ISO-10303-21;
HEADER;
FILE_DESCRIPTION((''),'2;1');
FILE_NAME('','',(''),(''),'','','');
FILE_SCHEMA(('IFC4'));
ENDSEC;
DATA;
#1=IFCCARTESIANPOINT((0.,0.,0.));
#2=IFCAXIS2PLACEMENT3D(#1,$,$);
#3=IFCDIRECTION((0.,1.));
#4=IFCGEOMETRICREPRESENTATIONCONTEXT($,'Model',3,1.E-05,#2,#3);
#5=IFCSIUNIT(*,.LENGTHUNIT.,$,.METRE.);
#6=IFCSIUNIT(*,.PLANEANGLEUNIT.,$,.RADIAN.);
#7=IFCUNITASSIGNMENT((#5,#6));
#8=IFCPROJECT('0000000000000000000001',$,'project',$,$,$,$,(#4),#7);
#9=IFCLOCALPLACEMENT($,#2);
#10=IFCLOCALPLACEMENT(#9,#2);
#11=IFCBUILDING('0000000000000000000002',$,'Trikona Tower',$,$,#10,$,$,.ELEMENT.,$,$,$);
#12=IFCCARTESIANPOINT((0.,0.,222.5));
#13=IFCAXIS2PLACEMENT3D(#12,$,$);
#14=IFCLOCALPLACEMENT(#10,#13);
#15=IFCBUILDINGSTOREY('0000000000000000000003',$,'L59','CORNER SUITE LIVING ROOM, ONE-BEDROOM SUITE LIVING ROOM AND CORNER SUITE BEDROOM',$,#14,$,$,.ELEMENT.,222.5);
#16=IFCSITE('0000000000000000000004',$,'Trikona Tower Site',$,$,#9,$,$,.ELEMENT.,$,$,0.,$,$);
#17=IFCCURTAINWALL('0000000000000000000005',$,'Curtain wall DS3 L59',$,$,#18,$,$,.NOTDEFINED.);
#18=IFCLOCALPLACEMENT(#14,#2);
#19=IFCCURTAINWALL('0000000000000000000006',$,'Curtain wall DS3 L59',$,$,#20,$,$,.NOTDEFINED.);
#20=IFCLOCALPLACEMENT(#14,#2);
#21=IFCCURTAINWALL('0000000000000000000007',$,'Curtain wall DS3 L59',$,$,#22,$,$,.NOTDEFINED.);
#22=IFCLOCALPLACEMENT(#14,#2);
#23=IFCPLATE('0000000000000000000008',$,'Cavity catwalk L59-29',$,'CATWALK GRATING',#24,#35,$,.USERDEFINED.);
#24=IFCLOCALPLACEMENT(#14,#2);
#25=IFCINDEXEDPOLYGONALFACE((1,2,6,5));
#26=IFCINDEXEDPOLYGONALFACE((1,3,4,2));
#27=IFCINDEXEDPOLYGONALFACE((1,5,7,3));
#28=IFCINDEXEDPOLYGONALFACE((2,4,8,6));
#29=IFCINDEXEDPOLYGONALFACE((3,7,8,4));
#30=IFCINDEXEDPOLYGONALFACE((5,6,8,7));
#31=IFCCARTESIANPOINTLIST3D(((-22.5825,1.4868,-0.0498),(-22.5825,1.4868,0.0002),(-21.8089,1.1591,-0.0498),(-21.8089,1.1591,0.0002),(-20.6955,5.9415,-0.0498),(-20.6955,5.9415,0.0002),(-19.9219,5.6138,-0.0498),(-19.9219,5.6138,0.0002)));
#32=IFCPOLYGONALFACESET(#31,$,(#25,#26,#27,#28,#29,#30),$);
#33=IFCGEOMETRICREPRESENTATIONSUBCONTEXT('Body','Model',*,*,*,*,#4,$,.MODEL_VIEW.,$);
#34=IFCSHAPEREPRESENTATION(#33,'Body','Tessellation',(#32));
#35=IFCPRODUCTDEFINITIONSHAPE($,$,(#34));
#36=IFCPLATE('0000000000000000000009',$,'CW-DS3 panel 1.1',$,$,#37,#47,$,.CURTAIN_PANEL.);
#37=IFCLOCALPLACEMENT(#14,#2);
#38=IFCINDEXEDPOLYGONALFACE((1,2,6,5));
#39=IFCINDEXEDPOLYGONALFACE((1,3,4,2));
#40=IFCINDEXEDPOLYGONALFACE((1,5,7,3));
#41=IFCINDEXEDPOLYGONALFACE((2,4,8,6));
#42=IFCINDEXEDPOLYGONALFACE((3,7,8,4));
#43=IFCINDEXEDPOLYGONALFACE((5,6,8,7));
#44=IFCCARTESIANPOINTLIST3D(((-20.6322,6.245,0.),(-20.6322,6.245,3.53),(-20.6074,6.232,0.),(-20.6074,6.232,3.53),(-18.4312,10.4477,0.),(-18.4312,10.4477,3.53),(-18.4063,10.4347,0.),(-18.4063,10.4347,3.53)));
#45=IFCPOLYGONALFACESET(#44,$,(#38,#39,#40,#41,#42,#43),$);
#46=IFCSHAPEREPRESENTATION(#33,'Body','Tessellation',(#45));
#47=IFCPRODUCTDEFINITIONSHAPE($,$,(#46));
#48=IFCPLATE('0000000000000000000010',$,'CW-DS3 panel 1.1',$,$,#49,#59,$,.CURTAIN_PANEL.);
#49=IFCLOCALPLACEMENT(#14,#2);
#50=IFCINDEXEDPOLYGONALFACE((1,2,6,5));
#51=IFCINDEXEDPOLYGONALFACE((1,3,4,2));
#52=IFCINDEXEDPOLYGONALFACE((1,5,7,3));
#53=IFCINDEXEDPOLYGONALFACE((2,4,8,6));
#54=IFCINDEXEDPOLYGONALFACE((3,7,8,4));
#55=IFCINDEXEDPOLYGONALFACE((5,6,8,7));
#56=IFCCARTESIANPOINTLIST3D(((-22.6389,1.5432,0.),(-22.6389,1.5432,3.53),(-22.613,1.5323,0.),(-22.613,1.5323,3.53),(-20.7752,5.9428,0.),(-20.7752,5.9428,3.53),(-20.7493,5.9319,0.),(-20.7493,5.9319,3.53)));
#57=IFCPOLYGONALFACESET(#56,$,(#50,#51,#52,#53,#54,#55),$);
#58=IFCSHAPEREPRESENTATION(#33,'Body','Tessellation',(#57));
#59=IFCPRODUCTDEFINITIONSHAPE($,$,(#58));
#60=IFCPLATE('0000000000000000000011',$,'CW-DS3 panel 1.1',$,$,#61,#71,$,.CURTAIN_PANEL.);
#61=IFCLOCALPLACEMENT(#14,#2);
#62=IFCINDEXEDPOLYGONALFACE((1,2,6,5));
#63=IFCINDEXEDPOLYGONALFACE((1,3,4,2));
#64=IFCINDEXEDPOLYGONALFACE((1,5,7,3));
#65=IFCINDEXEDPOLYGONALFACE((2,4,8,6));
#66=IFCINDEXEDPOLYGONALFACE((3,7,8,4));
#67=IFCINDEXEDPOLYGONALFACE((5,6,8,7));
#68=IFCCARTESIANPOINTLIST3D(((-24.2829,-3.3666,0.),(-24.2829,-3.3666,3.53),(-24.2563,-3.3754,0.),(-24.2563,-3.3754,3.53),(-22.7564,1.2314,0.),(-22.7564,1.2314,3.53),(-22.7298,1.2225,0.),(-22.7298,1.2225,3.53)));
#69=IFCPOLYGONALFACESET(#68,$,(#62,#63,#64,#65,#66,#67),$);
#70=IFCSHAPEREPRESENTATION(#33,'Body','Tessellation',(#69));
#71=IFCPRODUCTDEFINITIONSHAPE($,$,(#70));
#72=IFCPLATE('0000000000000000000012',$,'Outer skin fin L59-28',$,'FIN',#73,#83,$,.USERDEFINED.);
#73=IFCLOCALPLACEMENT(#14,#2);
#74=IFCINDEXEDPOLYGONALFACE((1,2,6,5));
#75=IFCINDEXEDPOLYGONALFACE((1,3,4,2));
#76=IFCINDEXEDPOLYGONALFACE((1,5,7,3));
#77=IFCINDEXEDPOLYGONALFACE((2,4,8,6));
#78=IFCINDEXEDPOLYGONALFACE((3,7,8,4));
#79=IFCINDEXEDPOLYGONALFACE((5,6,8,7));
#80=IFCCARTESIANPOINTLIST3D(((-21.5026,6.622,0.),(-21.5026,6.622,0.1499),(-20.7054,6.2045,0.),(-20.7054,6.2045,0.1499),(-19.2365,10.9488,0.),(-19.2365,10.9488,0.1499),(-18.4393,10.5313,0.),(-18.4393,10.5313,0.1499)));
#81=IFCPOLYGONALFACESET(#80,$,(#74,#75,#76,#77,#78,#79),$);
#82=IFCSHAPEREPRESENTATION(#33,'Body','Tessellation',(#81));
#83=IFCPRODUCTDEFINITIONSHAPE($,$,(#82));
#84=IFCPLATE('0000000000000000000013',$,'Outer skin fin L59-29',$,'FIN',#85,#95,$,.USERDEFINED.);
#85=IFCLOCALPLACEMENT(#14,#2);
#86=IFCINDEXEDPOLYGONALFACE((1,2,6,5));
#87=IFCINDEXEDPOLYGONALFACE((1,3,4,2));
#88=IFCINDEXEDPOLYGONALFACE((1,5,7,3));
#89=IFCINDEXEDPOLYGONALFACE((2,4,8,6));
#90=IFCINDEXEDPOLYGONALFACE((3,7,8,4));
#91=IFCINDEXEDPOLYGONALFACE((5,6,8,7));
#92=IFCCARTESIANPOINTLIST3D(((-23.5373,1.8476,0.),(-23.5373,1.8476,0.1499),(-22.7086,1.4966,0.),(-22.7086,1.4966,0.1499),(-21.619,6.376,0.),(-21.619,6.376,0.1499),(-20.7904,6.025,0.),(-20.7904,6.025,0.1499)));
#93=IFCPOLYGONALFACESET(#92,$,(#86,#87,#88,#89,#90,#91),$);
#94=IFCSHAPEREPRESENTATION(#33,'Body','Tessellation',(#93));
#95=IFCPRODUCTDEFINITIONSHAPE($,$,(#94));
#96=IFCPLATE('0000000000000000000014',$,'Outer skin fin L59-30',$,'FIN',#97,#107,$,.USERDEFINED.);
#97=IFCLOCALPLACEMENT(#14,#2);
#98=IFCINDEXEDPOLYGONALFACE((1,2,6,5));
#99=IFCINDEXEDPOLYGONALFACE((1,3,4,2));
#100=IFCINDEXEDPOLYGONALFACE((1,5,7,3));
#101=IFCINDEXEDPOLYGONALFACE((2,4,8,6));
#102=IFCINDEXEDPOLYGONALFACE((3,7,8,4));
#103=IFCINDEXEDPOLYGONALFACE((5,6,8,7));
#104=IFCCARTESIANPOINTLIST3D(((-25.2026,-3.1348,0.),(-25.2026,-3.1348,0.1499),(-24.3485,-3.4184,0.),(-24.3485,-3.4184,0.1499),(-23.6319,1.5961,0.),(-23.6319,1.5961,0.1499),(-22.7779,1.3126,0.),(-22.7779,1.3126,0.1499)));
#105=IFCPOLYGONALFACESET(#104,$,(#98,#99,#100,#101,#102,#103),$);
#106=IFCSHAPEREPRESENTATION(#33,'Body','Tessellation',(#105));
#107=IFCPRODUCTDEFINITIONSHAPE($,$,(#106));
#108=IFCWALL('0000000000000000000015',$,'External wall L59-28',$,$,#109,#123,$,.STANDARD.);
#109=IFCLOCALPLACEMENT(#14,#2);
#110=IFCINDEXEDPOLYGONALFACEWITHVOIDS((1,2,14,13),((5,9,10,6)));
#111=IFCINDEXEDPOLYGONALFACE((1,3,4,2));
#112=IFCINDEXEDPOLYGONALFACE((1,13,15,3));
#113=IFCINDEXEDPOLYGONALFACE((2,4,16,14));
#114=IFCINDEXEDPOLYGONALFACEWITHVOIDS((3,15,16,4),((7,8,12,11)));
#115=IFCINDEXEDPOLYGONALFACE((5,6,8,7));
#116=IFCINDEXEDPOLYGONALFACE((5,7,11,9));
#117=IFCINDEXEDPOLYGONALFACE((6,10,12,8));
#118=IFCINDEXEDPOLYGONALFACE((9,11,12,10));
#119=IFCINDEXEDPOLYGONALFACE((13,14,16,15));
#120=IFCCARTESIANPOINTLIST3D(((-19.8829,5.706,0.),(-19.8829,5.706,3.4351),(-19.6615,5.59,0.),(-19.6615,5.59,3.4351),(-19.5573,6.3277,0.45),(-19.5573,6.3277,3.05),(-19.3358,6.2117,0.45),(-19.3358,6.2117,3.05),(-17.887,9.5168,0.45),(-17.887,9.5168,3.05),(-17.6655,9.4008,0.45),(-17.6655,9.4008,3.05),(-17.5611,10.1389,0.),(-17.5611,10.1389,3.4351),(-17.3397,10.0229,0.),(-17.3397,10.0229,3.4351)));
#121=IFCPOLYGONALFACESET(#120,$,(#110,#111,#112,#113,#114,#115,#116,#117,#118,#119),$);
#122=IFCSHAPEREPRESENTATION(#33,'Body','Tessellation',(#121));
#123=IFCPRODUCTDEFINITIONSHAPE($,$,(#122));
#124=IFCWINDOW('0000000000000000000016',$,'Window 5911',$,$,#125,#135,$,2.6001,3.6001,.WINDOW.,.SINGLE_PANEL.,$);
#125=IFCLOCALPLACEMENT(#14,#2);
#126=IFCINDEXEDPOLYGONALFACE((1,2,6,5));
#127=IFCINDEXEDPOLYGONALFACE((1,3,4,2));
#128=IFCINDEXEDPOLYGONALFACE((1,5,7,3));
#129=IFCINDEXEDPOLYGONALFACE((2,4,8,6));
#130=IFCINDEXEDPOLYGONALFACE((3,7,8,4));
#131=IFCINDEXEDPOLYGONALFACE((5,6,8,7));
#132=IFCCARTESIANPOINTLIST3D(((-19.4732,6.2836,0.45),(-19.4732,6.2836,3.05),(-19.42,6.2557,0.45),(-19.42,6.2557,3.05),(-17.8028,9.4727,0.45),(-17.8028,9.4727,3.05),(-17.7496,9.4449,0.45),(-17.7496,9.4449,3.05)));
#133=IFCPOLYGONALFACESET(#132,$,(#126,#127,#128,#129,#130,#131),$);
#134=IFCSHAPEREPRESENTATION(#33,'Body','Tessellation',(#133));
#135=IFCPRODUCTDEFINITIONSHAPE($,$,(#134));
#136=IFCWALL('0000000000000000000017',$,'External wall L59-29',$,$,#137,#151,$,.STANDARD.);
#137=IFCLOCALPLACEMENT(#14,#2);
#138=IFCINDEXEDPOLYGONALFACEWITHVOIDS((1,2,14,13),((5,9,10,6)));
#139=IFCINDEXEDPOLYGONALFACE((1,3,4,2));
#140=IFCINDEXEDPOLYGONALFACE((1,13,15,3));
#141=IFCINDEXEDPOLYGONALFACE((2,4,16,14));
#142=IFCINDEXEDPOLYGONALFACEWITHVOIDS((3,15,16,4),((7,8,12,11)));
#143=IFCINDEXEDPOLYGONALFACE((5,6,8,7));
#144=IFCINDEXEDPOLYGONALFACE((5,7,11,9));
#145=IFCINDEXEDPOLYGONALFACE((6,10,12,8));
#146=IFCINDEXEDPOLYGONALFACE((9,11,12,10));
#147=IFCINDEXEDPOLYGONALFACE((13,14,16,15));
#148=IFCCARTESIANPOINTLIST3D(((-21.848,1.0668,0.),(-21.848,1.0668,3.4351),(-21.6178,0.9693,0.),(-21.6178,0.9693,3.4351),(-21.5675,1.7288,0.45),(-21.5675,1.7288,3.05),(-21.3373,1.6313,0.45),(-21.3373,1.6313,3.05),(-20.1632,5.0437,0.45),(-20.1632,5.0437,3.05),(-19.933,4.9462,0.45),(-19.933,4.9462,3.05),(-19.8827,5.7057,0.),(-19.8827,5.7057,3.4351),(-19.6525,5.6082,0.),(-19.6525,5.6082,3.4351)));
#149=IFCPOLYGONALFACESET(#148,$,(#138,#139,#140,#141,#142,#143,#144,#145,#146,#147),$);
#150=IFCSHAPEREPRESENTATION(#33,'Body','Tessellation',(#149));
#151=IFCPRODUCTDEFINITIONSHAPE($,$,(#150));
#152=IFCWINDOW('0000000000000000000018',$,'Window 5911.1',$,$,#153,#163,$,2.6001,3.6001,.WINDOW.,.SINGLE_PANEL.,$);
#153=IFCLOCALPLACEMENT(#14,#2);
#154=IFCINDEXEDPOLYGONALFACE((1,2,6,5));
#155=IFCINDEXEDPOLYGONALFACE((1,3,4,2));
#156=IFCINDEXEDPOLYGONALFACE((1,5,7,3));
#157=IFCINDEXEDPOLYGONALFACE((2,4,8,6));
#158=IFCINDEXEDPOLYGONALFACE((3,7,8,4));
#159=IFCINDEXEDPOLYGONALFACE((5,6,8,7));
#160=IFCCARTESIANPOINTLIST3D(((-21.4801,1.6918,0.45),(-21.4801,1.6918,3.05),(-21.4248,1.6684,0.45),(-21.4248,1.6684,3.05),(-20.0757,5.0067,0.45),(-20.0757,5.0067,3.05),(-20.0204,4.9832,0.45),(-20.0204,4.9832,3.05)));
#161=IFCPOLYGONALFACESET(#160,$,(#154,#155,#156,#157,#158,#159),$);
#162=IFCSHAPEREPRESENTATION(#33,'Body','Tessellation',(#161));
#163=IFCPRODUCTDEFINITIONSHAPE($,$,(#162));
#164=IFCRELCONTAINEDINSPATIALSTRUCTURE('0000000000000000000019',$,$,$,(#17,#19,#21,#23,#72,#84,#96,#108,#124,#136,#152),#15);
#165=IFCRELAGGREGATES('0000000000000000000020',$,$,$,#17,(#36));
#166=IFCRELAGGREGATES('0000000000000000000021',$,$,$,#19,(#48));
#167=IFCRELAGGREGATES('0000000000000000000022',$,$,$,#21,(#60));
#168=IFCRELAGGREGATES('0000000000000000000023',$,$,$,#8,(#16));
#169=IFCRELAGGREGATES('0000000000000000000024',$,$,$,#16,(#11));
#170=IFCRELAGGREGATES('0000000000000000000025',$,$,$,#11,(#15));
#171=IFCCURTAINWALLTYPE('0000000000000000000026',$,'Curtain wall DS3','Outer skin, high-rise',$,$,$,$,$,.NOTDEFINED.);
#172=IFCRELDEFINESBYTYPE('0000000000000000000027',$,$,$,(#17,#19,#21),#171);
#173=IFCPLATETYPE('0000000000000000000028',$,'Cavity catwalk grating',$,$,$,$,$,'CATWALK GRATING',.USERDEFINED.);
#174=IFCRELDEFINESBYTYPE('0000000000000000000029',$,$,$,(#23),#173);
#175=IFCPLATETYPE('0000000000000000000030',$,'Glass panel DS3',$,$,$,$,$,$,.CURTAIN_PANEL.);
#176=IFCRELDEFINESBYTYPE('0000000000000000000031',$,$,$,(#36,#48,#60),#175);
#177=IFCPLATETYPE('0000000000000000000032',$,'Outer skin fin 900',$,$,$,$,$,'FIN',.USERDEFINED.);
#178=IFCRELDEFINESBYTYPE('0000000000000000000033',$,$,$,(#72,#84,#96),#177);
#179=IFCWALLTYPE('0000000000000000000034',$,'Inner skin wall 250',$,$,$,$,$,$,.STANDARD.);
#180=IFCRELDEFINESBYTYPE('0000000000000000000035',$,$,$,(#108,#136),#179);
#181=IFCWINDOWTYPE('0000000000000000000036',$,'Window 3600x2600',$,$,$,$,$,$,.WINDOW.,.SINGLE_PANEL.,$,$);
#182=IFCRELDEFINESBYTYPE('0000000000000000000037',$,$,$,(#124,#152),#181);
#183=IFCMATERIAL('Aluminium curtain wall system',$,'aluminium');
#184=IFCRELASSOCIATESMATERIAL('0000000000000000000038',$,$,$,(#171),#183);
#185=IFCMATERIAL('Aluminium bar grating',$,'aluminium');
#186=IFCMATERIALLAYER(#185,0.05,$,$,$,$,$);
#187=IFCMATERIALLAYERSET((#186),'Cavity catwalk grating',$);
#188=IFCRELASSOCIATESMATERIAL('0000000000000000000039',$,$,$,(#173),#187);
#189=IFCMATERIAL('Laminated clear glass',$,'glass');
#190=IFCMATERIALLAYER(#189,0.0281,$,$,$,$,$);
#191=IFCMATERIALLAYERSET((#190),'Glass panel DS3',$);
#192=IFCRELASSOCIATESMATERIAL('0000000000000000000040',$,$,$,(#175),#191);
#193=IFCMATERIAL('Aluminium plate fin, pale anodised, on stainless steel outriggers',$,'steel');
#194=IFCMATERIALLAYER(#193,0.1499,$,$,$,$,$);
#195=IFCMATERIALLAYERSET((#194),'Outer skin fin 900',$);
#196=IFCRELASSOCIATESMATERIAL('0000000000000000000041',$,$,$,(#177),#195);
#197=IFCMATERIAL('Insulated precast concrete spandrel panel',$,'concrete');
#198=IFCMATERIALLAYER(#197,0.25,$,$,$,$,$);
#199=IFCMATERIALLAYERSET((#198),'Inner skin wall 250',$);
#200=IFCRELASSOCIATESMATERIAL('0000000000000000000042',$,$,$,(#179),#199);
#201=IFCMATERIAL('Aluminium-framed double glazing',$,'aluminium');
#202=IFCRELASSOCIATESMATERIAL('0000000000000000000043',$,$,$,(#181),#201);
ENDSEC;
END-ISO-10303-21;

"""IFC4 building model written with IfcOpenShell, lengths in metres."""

from ifc_helpers import new_model, si_unit, direction, frame, frame_2d, origin, origin_2d, place, context, subcontext, project, spatial, rectangle, extrude, material, layer, layer_set, type_object, element, fill, aggregate, save


model = new_model("IFC4")

# Units and contexts
model_context = context("Model", 3, precision=1e-05, world=origin(), true_north=direction((0.0, 1.0)))
body_context = subcontext(model_context, "Body", "Model", "MODEL_VIEW")
ifc_project = project(units=[si_unit("LENGTHUNIT", "METRE"), si_unit("PLANEANGLEUNIT", "RADIAN")], contexts=[model_context])

# Site, building, storey
site_placement = place(None, origin())
site = spatial("IfcSite", under=ifc_project, at=site_placement, Name="Trikona Tower Site", CompositionType="ELEMENT", RefElevation=0.0)
building_placement = place(site_placement, origin())
building = spatial("IfcBuilding", under=site, at=building_placement, Name="Trikona Tower", CompositionType="ELEMENT")
storey_placement = place(building_placement, frame((0.0, 0.0, 222.5)))
storey = spatial("IfcBuildingStorey", under=building, at=storey_placement, Name="L59", Description="CORNER SUITE LIVING ROOM, ONE-BEDROOM SUITE LIVING ROOM AND CORNER SUITE BEDROOM", CompositionType="ELEMENT", Elevation=222.5)

# Shared definitions
ifc_material_1 = material(Name="Aluminium curtain wall system", Category="aluminium")
curtain_wall_type = type_object("IfcCurtainWallType", Name="Curtain wall DS3", Description="Outer skin, high-rise", PredefinedType="NOTDEFINED", material=ifc_material_1)

# Curtain walls
curtain_wall_1_placement = place(storey_placement, origin())
curtain_wall_1 = element("IfcCurtainWall", 1, at=curtain_wall_1_placement, inside=storey, type_object=curtain_wall_type, Name="Curtain wall DS3 L59", PredefinedType="NOTDEFINED")
curtain_wall_2_placement = place(storey_placement, origin())
curtain_wall_2 = element("IfcCurtainWall", 2, at=curtain_wall_2_placement, inside=storey, type_object=curtain_wall_type, Name="Curtain wall DS3 L59", PredefinedType="NOTDEFINED")

# Curtain wall
curtain_wall_3_placement = place(storey_placement, origin())
curtain_wall_3 = element("IfcCurtainWall", 3, at=curtain_wall_3_placement, inside=storey, type_object=curtain_wall_type, Name="Curtain wall DS3 L59", PredefinedType="NOTDEFINED")

# Plate
ifc_material_2 = material(Name="Aluminium bar grating", Category="aluminium")
ifc_layer_1 = layer(ifc_material_2, 0.05)
ifc_layer_set_1 = layer_set([ifc_layer_1], Name="Cavity catwalk grating")
plate_type_1 = type_object("IfcPlateType", Name="Cavity catwalk grating", ElementType="CATWALK GRATING", PredefinedType="USERDEFINED", material=ifc_layer_set_1)
plate_1_placement = place(storey_placement, frame((-21.2522, 3.5503, -0.0498), z_axis=(0.0, 0.0, 1.0), x_axis=(-0.390051, -0.920793, 0.0)))
element("IfcPlate", 4, at=plate_1_placement, inside=storey, type_object=plate_type_1, Name="Cavity catwalk L59-29", ObjectType="CATWALK GRATING", PredefinedType="USERDEFINED", context=body_context, shape_type="SweptSolid", body=[
    extrude(rectangle(XDim=4.8379, YDim=0.8401, at=origin_2d()), origin(), (0.0, 0.0, 1.0), 0.05),
])

# Plates
ifc_material_3 = material(Name="Laminated clear glass", Category="glass")
ifc_layer_2 = layer(ifc_material_3, 0.0281)
ifc_layer_set_2 = layer_set([ifc_layer_2], Name="Glass panel DS3")
plate_type_2 = type_object("IfcPlateType", Name="Glass panel DS3", PredefinedType="CURTAIN_PANEL", material=ifc_layer_set_2)
plate_2_placement = place(storey_placement, frame((-19.5193, 8.3398, 0.0), z_axis=(0.0, 0.0, 1.0), x_axis=(-0.463948, -0.885862, 0.0)))
plate_2 = element("IfcPlate", 5, at=plate_2_placement, type_object=plate_type_2, Name="CW-DS3 panel 1.1", PredefinedType="CURTAIN_PANEL", context=body_context, shape_type="SweptSolid", body=[
    extrude(rectangle(XDim=4.7441, YDim=0.0281, at=origin_2d()), origin(), (0.0, 0.0, 1.0), 3.53),
])
aggregate(curtain_wall_1, [plate_2])
plate_3_placement = place(storey_placement, frame((-21.6941, 3.7375, 0.0), z_axis=(0.0, 0.0, 1.0), x_axis=(-0.390053, -0.920792, 0.0)))
plate_3 = element("IfcPlate", 6, at=plate_3_placement, type_object=plate_type_2, Name="CW-DS3 panel 1.1", PredefinedType="CURTAIN_PANEL", context=body_context, shape_type="SweptSolid", body=[
    extrude(rectangle(XDim=4.7781, YDim=0.0281, at=origin_2d()), origin(), (0.0, 0.0, 1.0), 3.53),
])
aggregate(curtain_wall_2, [plate_3])
plate_4_placement = place(storey_placement, frame((-23.5063, -1.072, 0.0), z_axis=(0.0, 0.0, 1.0), x_axis=(-0.315078, -0.949066, 0.0)))
plate_4 = element("IfcPlate", 7, at=plate_4_placement, type_object=plate_type_2, Name="CW-DS3 panel 1.1", PredefinedType="CURTAIN_PANEL", context=body_context, shape_type="SweptSolid", body=[
    extrude(rectangle(XDim=4.8447, YDim=0.0281, at=origin_2d()), origin(), (0.0, 0.0, 1.0), 3.53),
])
aggregate(curtain_wall_3, [plate_4])

# Plates
ifc_material_4 = material(Name="Aluminium plate fin, pale anodised, on stainless steel outriggers", Category="steel")
ifc_layer_3 = layer(ifc_material_4, 0.1499)
ifc_layer_set_3 = layer_set([ifc_layer_3], Name="Outer skin fin 900")
plate_type_3 = type_object("IfcPlateType", Name="Outer skin fin 900", ElementType="FIN", PredefinedType="USERDEFINED", material=ifc_layer_set_3)
plate_5_placement = place(storey_placement, frame((-19.9709, 8.5767, 0.0), z_axis=(0.0, 0.0, 1.0), x_axis=(-0.463952, -0.88586, 0.0)))
element("IfcPlate", 8, at=plate_5_placement, inside=storey, type_object=plate_type_3, Name="Outer skin fin L59-28", ObjectType="FIN", PredefinedType="USERDEFINED", context=body_context, shape_type="SweptSolid", body=[
    extrude(rectangle(XDim=4.8843, YDim=0.8999, at=origin_2d()), origin(), (0.0, 0.0, 1.0), 0.1499),
])
plate_6_placement = place(storey_placement, frame((-22.1638, 3.9363, 0.0), z_axis=(0.0, 0.0, 1.0), x_axis=(-0.390051, -0.920793, 0.0)))
element("IfcPlate", 9, at=plate_6_placement, inside=storey, type_object=plate_type_3, Name="Outer skin fin L59-29", ObjectType="FIN", PredefinedType="USERDEFINED", context=body_context, shape_type="SweptSolid", body=[
    extrude(rectangle(XDim=4.918, YDim=0.8999, at=origin_2d()), origin(), (0.0, 0.0, 1.0), 0.1499),
])
plate_7_placement = place(storey_placement, frame((-23.9902, -0.9111, 0.0), z_axis=(0.0, 0.0, 1.0), x_axis=(-0.315093, -0.949061, 0.0)))
element("IfcPlate", 10, at=plate_7_placement, inside=storey, type_object=plate_type_3, Name="Outer skin fin L59-30", ObjectType="FIN", PredefinedType="USERDEFINED", context=body_context, shape_type="SweptSolid", body=[
    extrude(rectangle(XDim=4.9849, YDim=0.8999, at=origin_2d()), origin(), (0.0, 0.0, 1.0), 0.1499),
])

# Walls, openings, windows
ifc_material_5 = material(Name="Insulated precast concrete spandrel panel", Category="concrete")
ifc_layer_4 = layer(ifc_material_5, 0.25)
ifc_layer_set_4 = layer_set([ifc_layer_4], Name="Inner skin wall 250")
wall_type = type_object("IfcWallType", Name="Inner skin wall 250", PredefinedType="STANDARD", material=ifc_layer_set_4)
wall_1_placement = place(storey_placement, frame((-17.4504, 10.0808, 0.0), z_axis=(0.0, 0.0, 1.0), x_axis=(-0.463976, -0.885848, 0.0)))
wall_1 = element("IfcWall", 11, at=wall_1_placement, inside=storey, type_object=wall_type, Name="External wall L59-28", PredefinedType="STANDARD", context=body_context, shape_type="SweptSolid", body=[
    extrude(rectangle(XDim=5.0042, YDim=0.25, at=frame_2d((2.502, 0.0))), origin(), (0.0, 0.0, 1.0), 3.4351),
])
opening_1_placement = place(wall_1_placement, frame((0.7021, 0.0, 0.45)))
opening_1 = element("IfcOpeningElement", 12, at=opening_1_placement, cuts=wall_1, PredefinedType="OPENING", context=body_context, shape_type="SweptSolid", body=[
    extrude(rectangle(XDim=3.6001, YDim=2.6001, at=frame_2d((1.8, 1.3))), frame((0.0, 0.135, 0.0), z_axis=(0.0, -1.0, 0.0), x_axis=(1.0, 0.0, 0.0)), (0.0, 0.0, 1.0), 0.27),
])
ifc_material_6 = material(Name="Aluminium-framed double glazing", Category="aluminium")
window_type = type_object("IfcWindowType", Name="Window 3600x2600", PartitioningType="SINGLE_PANEL", PredefinedType="WINDOW", material=ifc_material_6)
window_1_placement = place(opening_1_placement, origin())
window_1 = element("IfcWindow", 13, at=window_1_placement, inside=storey, type_object=window_type, Name="Window 5911", OverallHeight=2.6001, OverallWidth=3.6001, PartitioningType="SINGLE_PANEL", PredefinedType="WINDOW", context=body_context, shape_type="SweptSolid", body=[
    extrude(rectangle(XDim=3.6001, YDim=2.6001, at=frame_2d((1.8, 1.3))), frame((0.0, 0.03, 0.0), z_axis=(0.0, -1.0, 0.0), x_axis=(1.0, 0.0, 0.0)), (0.0, 0.0, 1.0), 0.0601),
])
fill(opening_1, window_1)
wall_2_placement = place(storey_placement, frame((-19.7676, 5.657, 0.0), z_axis=(0.0, 0.0, 1.0), x_axis=(-0.390097, -0.920774, 0.0)))
wall_2 = element("IfcWall", 14, at=wall_2_placement, inside=storey, type_object=wall_type, Name="External wall L59-29", PredefinedType="STANDARD", context=body_context, shape_type="SweptSolid", body=[
    extrude(rectangle(XDim=5.0381, YDim=0.25, at=frame_2d((2.519, 0.0))), origin(), (0.0, 0.0, 1.0), 3.4351),
])
opening_2_placement = place(wall_2_placement, frame((0.719, 0.0, 0.45)))
opening_2 = element("IfcOpeningElement", 15, at=opening_2_placement, cuts=wall_2, PredefinedType="OPENING", context=body_context, shape_type="SweptSolid", body=[
    extrude(rectangle(XDim=3.6001, YDim=2.6001, at=frame_2d((1.8, 1.3))), frame((0.0, 0.135, 0.0), z_axis=(0.0, -1.0, 0.0), x_axis=(1.0, 0.0, 0.0)), (0.0, 0.0, 1.0), 0.27),
])
window_2_placement = place(opening_2_placement, origin())
window_2 = element("IfcWindow", 16, at=window_2_placement, inside=storey, type_object=window_type, Name="Window 5911.1", OverallHeight=2.6001, OverallWidth=3.6001, PartitioningType="SINGLE_PANEL", PredefinedType="WINDOW", context=body_context, shape_type="SweptSolid", body=[
    extrude(rectangle(XDim=3.6001, YDim=2.6001, at=frame_2d((1.8, 1.3))), frame((0.0, 0.03, 0.0), z_axis=(0.0, -1.0, 0.0), x_axis=(1.0, 0.0, 0.0)), (0.0, 0.0, 1.0), 0.0601),
])
fill(opening_2, window_2)

save(model, "model.ifc")
